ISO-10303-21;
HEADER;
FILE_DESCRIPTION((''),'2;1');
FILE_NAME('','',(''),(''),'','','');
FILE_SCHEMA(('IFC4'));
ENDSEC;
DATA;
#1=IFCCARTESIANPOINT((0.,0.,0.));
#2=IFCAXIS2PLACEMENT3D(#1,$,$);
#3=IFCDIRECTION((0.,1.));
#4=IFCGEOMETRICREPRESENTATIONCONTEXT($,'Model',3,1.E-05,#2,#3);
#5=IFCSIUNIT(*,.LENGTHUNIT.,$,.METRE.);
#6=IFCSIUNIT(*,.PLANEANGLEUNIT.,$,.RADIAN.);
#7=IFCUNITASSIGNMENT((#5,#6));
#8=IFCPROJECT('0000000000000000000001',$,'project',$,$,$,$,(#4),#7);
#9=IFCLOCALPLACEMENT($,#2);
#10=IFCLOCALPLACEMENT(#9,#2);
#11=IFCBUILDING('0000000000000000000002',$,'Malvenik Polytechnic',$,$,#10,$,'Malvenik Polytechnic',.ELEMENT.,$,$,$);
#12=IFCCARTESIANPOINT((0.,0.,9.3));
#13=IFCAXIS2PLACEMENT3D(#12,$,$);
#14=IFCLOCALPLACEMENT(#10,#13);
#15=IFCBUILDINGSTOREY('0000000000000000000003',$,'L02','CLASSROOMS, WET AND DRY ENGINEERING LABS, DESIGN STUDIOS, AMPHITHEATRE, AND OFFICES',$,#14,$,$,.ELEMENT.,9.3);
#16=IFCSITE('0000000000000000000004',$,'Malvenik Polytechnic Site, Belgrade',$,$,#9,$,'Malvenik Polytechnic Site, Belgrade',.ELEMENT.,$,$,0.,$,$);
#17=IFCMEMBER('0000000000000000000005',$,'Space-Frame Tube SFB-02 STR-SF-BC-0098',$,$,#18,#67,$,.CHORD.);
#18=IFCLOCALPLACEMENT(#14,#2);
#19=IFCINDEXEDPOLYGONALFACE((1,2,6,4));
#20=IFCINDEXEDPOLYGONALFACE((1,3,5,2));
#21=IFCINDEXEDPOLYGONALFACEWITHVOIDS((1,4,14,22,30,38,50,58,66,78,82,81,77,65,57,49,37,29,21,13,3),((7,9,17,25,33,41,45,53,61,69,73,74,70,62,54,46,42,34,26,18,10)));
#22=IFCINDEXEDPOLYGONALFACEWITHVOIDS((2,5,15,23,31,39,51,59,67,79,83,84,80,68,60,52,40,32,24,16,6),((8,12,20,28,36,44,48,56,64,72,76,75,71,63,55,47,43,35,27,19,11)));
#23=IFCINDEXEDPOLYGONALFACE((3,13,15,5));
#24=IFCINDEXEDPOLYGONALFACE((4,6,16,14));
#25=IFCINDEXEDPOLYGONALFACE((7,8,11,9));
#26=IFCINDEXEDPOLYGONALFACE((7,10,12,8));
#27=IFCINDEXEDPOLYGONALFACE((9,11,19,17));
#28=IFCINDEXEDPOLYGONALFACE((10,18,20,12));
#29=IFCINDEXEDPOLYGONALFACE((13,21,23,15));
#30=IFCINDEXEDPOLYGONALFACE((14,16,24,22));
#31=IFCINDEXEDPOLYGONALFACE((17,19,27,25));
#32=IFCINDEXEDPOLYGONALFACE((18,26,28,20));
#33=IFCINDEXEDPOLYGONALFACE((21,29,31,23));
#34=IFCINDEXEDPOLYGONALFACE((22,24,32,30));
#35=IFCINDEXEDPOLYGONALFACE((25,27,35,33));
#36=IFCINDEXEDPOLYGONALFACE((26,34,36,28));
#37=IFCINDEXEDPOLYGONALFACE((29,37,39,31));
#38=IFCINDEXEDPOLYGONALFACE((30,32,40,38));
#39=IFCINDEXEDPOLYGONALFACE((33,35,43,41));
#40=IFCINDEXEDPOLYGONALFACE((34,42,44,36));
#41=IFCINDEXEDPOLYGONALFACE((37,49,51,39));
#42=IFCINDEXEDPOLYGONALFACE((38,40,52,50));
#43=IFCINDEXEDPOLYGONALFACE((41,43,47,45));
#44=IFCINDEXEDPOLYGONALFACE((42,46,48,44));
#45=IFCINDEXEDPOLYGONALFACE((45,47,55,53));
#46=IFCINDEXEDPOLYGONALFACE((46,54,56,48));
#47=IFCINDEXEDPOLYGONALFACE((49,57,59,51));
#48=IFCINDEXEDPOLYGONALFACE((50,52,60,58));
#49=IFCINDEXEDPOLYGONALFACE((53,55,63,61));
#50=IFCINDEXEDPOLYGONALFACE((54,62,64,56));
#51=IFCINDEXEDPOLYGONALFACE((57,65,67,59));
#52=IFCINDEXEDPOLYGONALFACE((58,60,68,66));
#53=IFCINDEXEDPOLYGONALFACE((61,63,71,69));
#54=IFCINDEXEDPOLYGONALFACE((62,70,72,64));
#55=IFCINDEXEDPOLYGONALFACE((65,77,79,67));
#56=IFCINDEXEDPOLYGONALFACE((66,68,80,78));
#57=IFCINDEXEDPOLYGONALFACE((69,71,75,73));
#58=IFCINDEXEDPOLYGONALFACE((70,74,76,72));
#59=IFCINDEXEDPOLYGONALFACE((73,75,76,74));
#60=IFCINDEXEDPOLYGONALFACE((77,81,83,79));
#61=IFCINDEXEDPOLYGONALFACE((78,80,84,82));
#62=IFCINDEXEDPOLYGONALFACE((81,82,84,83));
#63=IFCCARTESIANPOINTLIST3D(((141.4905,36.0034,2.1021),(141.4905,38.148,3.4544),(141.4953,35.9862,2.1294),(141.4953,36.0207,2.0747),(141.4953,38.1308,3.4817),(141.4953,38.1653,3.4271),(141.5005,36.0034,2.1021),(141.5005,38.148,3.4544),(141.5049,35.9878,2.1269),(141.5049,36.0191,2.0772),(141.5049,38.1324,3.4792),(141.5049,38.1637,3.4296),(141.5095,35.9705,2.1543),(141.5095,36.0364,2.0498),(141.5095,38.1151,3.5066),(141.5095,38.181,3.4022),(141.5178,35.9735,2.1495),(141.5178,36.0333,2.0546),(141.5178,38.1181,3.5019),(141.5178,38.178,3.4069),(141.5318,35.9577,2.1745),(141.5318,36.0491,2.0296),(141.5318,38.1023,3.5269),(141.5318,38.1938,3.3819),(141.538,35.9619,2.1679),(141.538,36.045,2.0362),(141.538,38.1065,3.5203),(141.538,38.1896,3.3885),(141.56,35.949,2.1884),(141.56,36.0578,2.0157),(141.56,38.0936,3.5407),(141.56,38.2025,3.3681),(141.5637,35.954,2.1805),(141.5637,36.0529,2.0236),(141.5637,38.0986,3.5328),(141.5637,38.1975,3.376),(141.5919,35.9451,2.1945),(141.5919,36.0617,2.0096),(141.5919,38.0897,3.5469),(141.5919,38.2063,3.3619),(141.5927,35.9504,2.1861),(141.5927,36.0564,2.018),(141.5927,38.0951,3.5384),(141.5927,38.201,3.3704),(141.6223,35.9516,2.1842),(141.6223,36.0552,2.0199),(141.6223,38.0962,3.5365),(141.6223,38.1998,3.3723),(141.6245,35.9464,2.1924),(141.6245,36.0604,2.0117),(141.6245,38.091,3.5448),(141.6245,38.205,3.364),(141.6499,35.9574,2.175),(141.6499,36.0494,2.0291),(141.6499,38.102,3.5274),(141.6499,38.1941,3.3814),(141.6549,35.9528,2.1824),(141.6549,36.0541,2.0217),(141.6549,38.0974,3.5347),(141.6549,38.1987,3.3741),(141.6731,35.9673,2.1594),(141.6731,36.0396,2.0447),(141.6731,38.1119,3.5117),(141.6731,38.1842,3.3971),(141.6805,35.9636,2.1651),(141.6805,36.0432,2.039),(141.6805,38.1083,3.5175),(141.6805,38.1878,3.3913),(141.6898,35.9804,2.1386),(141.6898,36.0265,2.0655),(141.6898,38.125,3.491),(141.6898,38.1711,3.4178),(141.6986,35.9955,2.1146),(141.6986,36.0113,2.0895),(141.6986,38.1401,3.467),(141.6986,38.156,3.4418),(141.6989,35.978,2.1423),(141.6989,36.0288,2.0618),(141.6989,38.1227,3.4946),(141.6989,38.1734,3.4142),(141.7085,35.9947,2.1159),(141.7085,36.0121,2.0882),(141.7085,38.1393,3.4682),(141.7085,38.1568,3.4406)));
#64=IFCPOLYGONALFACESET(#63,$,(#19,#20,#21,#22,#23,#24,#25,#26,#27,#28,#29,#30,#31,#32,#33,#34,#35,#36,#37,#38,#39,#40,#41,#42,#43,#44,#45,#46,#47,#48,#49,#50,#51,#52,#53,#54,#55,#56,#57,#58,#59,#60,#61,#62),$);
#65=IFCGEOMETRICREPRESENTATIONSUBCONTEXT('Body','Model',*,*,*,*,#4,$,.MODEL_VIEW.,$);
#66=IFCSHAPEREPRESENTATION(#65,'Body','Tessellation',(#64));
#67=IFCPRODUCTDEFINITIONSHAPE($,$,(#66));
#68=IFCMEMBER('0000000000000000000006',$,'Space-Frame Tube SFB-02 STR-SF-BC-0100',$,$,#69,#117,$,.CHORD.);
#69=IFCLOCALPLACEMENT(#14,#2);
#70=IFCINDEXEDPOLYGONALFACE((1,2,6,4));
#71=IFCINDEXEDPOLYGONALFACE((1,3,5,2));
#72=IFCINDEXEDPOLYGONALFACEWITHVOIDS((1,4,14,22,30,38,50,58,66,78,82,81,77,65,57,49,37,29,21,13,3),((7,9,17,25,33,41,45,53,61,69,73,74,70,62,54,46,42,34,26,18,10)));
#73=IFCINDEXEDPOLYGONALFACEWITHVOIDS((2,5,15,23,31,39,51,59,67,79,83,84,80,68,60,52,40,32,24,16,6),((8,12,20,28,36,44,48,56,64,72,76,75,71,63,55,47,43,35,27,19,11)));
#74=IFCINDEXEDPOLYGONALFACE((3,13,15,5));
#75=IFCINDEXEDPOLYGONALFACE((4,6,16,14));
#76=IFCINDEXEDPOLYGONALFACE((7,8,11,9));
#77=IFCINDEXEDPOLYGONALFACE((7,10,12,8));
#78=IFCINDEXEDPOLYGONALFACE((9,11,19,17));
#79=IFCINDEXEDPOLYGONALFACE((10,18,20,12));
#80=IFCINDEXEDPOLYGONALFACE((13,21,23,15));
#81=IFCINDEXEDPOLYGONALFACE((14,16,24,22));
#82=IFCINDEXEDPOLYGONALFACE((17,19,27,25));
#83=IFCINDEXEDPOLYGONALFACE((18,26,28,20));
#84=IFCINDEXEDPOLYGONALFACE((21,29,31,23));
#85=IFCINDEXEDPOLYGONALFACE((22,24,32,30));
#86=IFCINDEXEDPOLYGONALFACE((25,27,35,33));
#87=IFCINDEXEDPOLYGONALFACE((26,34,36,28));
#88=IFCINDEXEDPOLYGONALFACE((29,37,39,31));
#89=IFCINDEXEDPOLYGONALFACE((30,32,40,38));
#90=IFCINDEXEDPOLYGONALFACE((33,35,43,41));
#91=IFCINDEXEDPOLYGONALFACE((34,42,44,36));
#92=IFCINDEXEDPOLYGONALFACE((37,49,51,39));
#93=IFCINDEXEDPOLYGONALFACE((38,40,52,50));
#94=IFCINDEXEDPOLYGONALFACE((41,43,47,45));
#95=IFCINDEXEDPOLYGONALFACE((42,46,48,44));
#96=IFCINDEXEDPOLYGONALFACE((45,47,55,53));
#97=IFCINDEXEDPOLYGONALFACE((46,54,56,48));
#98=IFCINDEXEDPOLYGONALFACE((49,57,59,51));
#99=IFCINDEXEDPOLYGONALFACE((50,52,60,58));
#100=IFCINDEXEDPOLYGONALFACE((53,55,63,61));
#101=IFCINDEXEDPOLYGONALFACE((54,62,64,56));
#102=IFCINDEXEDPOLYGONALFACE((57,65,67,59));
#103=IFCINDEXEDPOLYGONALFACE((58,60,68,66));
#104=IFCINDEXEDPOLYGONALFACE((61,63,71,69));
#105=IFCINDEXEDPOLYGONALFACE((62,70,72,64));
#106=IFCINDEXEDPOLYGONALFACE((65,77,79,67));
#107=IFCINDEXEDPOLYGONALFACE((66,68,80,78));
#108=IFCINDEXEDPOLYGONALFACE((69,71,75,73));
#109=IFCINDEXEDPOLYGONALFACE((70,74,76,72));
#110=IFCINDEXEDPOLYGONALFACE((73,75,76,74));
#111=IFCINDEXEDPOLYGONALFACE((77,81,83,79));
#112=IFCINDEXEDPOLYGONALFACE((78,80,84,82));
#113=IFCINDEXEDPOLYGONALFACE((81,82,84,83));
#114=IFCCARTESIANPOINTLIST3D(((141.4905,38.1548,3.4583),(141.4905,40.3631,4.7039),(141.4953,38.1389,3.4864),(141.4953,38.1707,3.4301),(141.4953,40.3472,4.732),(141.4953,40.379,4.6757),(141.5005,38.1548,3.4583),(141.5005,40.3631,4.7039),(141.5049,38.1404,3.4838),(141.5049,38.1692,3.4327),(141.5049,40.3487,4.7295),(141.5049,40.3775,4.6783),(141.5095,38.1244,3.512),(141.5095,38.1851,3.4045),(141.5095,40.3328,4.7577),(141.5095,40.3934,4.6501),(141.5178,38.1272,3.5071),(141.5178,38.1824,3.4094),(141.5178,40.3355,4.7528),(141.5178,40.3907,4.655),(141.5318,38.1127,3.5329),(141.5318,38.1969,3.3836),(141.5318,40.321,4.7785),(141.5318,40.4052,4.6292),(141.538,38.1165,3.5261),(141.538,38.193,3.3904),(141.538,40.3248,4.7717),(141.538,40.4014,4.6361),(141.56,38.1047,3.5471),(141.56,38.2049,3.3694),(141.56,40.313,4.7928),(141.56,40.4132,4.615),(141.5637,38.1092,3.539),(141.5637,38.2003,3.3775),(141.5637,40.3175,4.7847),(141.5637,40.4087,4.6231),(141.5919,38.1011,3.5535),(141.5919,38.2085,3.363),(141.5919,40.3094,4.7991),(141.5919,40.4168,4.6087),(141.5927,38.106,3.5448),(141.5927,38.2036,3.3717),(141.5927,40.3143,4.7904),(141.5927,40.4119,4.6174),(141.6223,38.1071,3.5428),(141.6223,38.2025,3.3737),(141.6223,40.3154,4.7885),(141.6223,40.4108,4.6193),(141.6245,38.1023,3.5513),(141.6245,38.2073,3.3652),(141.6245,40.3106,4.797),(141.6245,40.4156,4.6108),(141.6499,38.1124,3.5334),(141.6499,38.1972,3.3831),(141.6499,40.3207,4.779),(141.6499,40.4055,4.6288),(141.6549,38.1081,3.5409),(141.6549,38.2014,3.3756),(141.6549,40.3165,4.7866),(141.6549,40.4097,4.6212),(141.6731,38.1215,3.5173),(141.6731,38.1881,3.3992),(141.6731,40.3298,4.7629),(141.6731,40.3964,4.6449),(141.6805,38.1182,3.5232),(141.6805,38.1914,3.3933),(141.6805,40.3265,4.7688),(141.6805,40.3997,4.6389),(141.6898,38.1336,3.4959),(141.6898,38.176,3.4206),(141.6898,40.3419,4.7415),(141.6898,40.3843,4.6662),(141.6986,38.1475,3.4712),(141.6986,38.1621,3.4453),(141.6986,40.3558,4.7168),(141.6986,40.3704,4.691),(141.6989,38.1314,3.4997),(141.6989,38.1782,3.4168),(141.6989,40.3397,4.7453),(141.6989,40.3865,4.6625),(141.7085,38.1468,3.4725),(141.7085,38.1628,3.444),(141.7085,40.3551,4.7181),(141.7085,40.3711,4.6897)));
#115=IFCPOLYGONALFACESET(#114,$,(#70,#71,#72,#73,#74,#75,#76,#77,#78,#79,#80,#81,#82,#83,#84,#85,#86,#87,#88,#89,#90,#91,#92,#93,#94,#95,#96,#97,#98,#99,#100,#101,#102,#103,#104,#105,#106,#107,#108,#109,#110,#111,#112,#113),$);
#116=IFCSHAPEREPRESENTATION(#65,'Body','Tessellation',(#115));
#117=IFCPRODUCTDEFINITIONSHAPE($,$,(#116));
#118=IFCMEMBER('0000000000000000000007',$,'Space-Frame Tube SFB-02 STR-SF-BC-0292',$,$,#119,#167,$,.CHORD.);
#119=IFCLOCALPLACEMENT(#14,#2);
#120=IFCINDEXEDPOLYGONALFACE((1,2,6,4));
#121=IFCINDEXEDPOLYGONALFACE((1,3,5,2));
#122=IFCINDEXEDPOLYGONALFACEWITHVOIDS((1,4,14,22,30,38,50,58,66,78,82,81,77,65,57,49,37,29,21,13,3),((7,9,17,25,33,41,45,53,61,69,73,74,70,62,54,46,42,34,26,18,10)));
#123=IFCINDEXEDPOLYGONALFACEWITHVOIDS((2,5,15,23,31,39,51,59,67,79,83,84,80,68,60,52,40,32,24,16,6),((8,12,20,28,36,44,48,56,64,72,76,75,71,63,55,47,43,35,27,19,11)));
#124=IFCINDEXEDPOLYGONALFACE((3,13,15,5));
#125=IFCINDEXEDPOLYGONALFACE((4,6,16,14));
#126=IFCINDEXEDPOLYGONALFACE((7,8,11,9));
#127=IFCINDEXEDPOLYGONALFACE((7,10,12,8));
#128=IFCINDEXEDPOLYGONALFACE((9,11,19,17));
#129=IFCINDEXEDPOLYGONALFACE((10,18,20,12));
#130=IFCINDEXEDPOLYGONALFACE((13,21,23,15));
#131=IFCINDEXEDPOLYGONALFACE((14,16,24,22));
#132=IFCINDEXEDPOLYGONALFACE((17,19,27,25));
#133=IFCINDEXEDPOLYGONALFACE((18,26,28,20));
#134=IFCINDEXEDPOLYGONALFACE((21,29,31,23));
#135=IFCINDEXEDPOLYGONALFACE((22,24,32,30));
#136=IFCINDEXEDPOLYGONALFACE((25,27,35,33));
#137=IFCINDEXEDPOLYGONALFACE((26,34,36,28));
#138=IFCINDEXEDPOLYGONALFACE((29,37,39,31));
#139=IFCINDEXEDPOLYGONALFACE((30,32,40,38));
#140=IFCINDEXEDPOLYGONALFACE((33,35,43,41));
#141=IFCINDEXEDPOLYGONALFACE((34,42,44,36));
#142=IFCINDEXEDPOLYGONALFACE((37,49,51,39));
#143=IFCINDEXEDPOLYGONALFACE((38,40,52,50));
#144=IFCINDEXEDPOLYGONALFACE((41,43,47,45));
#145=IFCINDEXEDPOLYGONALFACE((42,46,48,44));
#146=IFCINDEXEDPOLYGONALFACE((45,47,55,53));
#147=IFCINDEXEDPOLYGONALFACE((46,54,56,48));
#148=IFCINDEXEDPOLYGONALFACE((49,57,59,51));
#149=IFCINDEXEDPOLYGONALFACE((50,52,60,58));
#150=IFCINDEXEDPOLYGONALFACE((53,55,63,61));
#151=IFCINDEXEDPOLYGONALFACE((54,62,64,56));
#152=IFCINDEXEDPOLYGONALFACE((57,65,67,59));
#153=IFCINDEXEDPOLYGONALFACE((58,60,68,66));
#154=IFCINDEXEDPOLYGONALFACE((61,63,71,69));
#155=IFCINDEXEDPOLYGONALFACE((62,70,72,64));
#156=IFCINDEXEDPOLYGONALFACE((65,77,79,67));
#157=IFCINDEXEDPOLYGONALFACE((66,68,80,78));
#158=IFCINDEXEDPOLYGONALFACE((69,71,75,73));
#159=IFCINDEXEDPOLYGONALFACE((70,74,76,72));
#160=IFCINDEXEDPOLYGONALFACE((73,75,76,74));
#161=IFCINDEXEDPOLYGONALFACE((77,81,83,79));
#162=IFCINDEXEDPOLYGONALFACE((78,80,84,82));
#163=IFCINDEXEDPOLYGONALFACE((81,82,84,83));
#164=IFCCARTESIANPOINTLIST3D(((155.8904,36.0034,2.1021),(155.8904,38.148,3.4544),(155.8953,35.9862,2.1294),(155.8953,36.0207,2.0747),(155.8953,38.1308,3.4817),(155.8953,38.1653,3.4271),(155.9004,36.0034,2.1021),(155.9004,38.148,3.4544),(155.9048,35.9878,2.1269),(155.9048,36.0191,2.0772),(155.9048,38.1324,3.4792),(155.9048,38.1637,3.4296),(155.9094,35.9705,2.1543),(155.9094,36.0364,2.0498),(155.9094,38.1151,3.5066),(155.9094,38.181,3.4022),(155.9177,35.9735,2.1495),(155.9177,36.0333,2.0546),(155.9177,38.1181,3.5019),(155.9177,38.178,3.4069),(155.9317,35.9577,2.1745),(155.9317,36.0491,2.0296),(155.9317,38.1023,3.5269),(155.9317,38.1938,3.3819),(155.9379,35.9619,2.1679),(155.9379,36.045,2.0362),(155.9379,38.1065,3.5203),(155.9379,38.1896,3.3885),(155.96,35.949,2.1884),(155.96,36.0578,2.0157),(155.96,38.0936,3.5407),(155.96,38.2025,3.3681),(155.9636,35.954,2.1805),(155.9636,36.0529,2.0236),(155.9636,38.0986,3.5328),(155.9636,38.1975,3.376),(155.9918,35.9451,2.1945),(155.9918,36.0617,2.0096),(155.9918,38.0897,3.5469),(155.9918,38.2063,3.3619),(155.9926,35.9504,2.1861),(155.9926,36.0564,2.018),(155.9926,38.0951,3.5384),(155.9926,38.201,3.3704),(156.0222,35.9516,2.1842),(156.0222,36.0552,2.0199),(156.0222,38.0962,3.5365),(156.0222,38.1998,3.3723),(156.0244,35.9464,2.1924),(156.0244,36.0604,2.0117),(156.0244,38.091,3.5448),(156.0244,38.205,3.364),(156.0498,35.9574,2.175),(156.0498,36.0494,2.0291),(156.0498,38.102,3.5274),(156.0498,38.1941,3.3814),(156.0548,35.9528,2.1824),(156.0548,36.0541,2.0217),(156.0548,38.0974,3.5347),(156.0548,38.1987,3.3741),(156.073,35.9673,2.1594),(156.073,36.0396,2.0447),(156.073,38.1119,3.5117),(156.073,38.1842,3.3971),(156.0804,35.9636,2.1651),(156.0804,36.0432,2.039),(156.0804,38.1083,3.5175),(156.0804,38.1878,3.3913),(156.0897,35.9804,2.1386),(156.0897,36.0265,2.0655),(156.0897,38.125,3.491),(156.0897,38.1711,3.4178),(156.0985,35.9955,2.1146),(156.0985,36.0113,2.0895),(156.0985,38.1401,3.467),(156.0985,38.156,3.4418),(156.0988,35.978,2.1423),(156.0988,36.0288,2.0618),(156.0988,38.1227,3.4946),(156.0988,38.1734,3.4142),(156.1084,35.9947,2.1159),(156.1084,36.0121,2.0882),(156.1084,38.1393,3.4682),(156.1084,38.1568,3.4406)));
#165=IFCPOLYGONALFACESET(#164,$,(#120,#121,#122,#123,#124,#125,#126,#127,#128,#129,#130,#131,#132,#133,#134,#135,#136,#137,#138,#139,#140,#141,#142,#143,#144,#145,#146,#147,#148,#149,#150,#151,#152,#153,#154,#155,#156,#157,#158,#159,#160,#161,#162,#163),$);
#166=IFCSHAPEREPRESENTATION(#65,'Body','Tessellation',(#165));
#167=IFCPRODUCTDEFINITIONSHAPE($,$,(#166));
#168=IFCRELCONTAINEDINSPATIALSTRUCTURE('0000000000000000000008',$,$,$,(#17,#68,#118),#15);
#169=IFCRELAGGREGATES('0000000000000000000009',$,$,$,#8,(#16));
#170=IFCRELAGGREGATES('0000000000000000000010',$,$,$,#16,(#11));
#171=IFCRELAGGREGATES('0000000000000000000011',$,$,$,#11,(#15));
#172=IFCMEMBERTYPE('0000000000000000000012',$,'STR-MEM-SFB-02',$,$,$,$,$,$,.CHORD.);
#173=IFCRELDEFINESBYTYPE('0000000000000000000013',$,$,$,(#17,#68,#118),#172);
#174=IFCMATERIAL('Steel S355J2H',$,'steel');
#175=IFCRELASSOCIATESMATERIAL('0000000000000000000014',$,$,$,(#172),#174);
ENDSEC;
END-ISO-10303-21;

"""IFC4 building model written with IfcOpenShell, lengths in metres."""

from ifc_helpers import new_model, si_unit, direction, frame, origin, origin_2d, place, context, subcontext, project, spatial, hollow_circle, extrude, material, material_profile, profile_set, type_object, element, save


model = new_model("IFC4")

# Units and contexts
model_context = context("Model", 3, precision=1e-05, world=origin(), true_north=direction((0.0, 1.0)))
body_context = subcontext(model_context, "Body", "Model", "MODEL_VIEW")
ifc_project = project(units=[si_unit("LENGTHUNIT", "METRE"), si_unit("PLANEANGLEUNIT", "RADIAN")], contexts=[model_context])

# Site, building, storey
site_placement = place(None, origin())
site = spatial("IfcSite", under=ifc_project, at=site_placement, Name="Malvenik Polytechnic Site, Belgrade", LongName="Malvenik Polytechnic Site, Belgrade", CompositionType="ELEMENT", RefElevation=0.0)
building_placement = place(site_placement, origin())
building = spatial("IfcBuilding", under=site, at=building_placement, Name="Malvenik Polytechnic", LongName="Malvenik Polytechnic", CompositionType="ELEMENT")
storey_placement = place(building_placement, frame((0.0, 0.0, 9.3)))
storey = spatial("IfcBuildingStorey", under=building, at=storey_placement, Name="L02", Description="CLASSROOMS, WET AND DRY ENGINEERING LABS, DESIGN STUDIOS, AMPHITHEATRE, AND OFFICES", CompositionType="ELEMENT", Elevation=9.3)

# Members
ifc_material_1 = material(Name="Steel S355J2H", Category="steel")
ifc_material_profile_1 = material_profile(ifc_material_1, hollow_circle(Radius=0.1096, WallThickness=0.01, at=origin_2d()), Name="CHS 219.1x10.0")
ifc_profile_set_1 = profile_set([ifc_material_profile_1], Name="Steel S355J2H")
member_type_1 = type_object("IfcMemberType", Name="STR-MEM-SFB-02", PredefinedType="CHORD", material=ifc_profile_set_1)
for number, where, z_axis, x_axis, name in (
    (1, (141.6001, 36.0034, 2.1021), (0.0, 0.845871, 0.533388), (-1.0, 0.0, 0.0), "Space-Frame Tube SFB-02 STR-SF-BC-0098"),
    (2, (141.6001, 38.1548, 3.4583), (0.0, 0.870991, 0.491299), (-1.0, 0.0, 0.0), "Space-Frame Tube SFB-02 STR-SF-BC-0100"),
    (3, (156.0, 36.0034, 2.1021), (0.0, 0.845871, 0.533388), (-1.0, 0.0, 0.0), "Space-Frame Tube SFB-02 STR-SF-BC-0292"),
):
    element("IfcMember", number, at=place(storey_placement, frame(where, z_axis=z_axis, x_axis=x_axis)), inside=storey, type_object=member_type_1, Name=name, PredefinedType="CHORD", context=body_context, shape_type="SweptSolid", body=[
        extrude(hollow_circle(Radius=0.1096, WallThickness=0.01, at=origin_2d()), origin(), (0.0, 0.0, 1.0), 2.5354),
    ])

save(model, "model.ifc")
